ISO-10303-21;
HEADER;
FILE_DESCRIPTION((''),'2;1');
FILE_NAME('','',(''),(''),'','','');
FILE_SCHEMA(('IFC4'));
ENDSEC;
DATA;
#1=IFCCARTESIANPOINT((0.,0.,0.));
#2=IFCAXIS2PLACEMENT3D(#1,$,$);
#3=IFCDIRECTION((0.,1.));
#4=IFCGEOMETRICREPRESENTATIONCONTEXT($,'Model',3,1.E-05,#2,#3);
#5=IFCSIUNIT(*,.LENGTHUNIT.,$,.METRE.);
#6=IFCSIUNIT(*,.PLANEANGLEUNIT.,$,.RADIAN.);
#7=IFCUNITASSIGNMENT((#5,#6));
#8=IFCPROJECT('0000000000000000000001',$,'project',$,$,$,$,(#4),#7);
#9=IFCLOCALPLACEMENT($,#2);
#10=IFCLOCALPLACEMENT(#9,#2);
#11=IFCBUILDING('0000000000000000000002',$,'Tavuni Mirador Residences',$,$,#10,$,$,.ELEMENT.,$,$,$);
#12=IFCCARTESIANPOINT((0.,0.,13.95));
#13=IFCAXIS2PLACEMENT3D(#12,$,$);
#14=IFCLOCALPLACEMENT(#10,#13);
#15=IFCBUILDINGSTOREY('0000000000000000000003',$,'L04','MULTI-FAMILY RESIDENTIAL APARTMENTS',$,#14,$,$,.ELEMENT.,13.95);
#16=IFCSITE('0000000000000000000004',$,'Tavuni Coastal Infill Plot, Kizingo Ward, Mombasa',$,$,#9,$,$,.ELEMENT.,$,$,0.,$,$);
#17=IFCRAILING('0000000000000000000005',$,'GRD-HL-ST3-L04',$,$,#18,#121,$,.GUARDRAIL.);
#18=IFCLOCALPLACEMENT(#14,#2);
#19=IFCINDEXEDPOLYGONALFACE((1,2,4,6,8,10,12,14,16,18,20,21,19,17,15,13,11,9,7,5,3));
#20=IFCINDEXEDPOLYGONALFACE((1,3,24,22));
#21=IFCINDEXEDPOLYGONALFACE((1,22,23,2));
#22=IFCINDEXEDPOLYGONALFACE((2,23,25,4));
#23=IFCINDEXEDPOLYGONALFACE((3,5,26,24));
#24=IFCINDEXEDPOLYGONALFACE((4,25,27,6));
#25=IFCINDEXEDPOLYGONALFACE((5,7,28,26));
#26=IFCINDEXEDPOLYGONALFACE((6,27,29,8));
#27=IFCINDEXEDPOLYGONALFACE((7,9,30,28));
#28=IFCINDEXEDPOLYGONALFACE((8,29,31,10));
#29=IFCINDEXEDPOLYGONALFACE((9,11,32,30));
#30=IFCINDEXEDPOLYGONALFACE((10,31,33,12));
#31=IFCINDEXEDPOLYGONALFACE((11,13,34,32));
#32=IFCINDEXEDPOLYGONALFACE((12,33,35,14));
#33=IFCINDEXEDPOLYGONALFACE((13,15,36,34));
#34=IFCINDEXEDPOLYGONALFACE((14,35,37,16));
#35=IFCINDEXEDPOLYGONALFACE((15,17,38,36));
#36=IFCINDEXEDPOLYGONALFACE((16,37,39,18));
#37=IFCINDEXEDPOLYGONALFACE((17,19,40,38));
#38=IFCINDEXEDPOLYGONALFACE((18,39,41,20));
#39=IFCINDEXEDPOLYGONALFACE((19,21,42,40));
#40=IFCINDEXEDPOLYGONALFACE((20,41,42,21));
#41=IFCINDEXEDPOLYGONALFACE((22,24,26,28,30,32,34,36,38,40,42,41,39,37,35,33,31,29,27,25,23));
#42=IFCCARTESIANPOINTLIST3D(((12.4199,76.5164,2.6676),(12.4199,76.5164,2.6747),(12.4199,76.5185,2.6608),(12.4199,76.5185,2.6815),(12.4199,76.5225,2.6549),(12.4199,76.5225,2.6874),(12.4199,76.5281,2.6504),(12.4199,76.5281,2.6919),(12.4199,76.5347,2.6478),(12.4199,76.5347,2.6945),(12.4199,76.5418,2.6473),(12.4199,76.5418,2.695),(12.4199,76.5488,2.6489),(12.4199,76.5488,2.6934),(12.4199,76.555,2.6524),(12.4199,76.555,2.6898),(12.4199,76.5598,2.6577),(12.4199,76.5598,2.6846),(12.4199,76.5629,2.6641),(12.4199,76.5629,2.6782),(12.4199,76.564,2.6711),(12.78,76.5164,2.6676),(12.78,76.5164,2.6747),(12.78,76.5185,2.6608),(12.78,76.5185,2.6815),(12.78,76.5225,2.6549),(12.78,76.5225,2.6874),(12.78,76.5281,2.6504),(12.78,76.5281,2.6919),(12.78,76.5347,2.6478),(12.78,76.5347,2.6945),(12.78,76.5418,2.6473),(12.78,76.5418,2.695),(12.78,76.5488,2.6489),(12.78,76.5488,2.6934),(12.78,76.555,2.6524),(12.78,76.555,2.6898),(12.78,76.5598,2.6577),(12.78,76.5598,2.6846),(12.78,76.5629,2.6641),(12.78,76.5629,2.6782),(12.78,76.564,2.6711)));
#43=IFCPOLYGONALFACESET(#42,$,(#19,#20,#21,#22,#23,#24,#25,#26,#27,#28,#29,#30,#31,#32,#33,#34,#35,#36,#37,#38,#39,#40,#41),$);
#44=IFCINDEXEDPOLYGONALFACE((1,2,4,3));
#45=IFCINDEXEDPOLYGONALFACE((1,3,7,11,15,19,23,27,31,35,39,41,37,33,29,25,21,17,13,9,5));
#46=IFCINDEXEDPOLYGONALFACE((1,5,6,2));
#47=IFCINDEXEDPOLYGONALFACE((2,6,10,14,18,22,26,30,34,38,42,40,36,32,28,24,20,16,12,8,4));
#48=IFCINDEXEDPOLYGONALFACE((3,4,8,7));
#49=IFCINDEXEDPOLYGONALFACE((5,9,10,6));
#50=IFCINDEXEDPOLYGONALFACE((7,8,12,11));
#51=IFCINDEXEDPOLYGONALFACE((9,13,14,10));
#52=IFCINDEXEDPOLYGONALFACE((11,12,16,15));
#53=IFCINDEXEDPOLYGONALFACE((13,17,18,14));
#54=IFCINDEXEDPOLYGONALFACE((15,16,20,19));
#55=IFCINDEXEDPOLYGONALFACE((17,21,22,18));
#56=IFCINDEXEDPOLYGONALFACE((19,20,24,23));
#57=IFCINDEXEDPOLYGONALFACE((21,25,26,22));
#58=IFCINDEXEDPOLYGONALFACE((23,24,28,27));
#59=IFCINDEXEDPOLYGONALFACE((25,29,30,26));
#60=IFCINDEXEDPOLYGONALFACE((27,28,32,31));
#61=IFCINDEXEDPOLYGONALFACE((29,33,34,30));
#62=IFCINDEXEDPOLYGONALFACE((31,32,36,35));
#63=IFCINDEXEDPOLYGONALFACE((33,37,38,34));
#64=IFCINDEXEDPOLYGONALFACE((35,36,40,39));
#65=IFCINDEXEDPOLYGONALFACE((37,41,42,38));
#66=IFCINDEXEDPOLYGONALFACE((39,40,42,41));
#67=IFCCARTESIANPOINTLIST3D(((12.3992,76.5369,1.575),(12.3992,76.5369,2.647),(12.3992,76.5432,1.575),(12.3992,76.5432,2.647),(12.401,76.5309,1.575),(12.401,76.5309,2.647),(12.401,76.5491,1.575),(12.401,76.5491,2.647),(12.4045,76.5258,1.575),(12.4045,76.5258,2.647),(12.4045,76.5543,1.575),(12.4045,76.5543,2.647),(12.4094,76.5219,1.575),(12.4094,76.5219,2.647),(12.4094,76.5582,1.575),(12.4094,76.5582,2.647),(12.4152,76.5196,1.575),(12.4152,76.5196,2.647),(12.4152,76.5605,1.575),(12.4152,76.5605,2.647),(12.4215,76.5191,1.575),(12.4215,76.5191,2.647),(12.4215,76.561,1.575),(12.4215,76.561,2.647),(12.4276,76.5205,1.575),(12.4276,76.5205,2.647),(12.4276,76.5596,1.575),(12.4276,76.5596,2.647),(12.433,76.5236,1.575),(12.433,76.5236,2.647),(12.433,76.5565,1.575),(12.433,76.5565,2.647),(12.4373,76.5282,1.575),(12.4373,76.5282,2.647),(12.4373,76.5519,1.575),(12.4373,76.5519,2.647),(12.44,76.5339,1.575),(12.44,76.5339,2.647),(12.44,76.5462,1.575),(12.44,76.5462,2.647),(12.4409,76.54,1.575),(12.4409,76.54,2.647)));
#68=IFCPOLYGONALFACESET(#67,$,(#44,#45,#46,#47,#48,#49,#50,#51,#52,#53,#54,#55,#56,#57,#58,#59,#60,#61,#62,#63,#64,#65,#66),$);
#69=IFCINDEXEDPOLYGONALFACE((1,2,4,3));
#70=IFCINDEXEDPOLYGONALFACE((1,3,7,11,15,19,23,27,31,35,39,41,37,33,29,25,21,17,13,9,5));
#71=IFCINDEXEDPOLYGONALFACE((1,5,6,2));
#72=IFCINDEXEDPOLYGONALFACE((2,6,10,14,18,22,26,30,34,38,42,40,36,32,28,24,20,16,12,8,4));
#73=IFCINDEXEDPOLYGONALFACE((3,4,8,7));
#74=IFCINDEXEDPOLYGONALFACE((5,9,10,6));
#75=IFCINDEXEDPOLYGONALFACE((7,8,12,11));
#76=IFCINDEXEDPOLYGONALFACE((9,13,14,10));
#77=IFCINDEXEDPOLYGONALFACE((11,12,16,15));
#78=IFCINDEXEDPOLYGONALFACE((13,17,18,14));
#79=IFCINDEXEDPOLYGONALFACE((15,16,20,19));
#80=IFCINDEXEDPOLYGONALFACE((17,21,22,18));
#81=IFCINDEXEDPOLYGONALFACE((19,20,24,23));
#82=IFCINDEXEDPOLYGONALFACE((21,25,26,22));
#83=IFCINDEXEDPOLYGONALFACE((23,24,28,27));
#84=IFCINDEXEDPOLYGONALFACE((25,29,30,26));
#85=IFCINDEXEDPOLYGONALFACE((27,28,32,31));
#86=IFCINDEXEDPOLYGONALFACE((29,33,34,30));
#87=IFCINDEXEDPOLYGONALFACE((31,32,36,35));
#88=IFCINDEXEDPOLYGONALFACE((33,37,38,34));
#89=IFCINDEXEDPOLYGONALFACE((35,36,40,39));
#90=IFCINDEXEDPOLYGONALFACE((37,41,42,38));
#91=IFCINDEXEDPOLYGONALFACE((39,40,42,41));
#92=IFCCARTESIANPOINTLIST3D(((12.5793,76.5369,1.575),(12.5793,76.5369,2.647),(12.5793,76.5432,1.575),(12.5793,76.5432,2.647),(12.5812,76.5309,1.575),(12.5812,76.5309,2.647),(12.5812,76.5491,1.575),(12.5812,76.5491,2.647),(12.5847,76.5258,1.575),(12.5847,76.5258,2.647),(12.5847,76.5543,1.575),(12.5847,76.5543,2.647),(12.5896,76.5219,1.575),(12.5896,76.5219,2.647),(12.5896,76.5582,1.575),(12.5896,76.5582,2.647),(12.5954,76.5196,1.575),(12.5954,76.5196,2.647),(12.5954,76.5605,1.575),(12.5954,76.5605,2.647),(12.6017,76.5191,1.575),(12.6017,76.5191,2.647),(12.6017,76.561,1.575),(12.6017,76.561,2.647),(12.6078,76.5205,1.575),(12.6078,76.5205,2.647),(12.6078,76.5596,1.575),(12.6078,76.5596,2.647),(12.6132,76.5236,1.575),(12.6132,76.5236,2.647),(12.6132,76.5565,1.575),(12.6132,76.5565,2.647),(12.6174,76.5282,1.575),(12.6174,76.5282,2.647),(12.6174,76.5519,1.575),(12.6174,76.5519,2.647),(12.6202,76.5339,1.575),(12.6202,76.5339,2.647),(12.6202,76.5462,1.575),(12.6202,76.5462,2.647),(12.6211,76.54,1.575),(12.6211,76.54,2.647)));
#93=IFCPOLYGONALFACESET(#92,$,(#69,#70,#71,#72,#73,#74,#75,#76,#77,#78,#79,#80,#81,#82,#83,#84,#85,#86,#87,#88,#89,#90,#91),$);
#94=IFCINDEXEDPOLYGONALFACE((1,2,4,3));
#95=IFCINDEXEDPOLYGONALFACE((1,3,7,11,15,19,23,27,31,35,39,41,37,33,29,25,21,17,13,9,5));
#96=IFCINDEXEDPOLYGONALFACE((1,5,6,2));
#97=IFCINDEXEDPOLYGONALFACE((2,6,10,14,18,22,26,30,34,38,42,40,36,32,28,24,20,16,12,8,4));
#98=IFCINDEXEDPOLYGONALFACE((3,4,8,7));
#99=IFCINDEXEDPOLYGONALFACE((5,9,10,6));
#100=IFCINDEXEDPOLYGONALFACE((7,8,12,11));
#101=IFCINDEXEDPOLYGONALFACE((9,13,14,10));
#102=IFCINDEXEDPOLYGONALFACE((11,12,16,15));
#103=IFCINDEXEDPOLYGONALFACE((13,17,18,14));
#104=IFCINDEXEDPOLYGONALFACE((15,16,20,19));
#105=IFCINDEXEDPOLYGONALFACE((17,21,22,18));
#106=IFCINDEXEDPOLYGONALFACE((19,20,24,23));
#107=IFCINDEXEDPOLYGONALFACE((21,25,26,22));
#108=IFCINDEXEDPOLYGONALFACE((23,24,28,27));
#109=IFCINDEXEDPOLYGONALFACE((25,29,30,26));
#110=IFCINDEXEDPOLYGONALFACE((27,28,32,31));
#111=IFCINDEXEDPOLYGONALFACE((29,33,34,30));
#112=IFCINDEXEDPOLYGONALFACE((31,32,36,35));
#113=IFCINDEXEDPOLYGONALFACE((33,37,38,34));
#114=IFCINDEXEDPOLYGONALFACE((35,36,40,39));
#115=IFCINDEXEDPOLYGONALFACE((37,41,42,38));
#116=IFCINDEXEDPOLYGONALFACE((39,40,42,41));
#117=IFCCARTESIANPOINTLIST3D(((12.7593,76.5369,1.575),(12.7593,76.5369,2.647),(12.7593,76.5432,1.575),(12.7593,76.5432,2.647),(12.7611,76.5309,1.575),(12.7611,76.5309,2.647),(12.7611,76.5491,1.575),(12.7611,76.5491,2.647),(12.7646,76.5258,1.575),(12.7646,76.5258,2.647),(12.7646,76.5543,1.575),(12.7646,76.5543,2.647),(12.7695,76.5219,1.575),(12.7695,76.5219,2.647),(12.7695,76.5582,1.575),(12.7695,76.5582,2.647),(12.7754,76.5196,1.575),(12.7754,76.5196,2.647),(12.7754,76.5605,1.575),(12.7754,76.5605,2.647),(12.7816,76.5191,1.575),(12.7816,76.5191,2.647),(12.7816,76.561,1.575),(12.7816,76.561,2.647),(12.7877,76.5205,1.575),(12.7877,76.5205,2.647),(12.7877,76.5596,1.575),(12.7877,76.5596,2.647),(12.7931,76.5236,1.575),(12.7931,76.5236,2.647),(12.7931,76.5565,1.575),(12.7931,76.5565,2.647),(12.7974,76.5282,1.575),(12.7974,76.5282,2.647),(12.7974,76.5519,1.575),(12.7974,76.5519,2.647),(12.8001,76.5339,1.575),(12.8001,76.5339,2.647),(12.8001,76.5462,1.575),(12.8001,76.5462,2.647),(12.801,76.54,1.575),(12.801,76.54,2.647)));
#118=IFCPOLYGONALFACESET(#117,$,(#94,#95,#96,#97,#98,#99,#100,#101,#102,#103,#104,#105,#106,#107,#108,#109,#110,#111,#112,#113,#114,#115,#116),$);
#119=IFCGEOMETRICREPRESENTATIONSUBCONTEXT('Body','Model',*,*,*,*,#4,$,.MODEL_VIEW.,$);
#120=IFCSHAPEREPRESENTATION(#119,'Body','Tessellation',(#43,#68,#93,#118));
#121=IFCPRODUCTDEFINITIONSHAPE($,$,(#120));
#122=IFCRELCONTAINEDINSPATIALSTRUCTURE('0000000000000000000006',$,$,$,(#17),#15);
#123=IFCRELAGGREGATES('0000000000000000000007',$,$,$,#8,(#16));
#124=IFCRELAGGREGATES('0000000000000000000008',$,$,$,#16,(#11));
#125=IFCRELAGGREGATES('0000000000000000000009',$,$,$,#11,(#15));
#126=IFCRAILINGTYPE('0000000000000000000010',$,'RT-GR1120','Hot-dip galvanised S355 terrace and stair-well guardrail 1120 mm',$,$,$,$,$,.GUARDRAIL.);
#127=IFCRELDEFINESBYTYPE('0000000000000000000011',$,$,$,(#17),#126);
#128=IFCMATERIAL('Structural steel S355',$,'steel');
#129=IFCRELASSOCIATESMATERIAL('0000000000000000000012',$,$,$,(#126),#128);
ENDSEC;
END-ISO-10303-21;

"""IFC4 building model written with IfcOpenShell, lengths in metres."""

from ifc_helpers import new_model, si_unit, direction, frame, origin, origin_2d, place, context, subcontext, project, spatial, circle, extrude, material, type_object, element, save


model = new_model("IFC4")

# Units and contexts
model_context = context("Model", 3, precision=1e-05, world=origin(), true_north=direction((0.0, 1.0)))
body_context = subcontext(model_context, "Body", "Model", "MODEL_VIEW")
ifc_project = project(units=[si_unit("LENGTHUNIT", "METRE"), si_unit("PLANEANGLEUNIT", "RADIAN")], contexts=[model_context])

# Site, building, storey
site_placement = place(None, origin())
site = spatial("IfcSite", under=ifc_project, at=site_placement, Name="Tavuni Coastal Infill Plot, Kizingo Ward, Mombasa", CompositionType="ELEMENT", RefElevation=0.0)
building_placement = place(site_placement, origin())
building = spatial("IfcBuilding", under=site, at=building_placement, Name="Tavuni Mirador Residences", CompositionType="ELEMENT")
storey_placement = place(building_placement, frame((0.0, 0.0, 13.95)))
storey = spatial("IfcBuildingStorey", under=building, at=storey_placement, Name="L04", Description="MULTI-FAMILY RESIDENTIAL APARTMENTS", CompositionType="ELEMENT", Elevation=13.95)

# Shared definitions
ifc_material_1 = material(Name="Structural steel S355", Category="steel")

# Railing
railing_type_1 = type_object("IfcRailingType", Name="RT-GR1120", Description="Hot-dip galvanised S355 terrace and stair-well guardrail 1120 mm", PredefinedType="GUARDRAIL", material=ifc_material_1)
railing_1_placement = place(storey_placement, frame((12.4199, 76.54, 1.575)))
element("IfcRailing", 1, at=railing_1_placement, inside=storey, type_object=railing_type_1, Name="GRD-HL-ST3-L04", PredefinedType="GUARDRAIL", context=body_context, shape_type="SweptSolid", body=[
    extrude(circle(Radius=0.0239, at=origin_2d()), frame((0.0, 0.0, 1.0962), z_axis=(1.0, 0.0, 0.0), x_axis=(0.0, 1.0, 0.0)), (0.0, 0.0, 1.0), 0.3601),
    extrude(circle(Radius=0.021, at=origin_2d()), origin(), (0.0, 0.0, 1.0), 1.072),
    extrude(circle(Radius=0.021, at=origin_2d()), frame((0.1802, 0.0, 0.0)), (0.0, 0.0, 1.0), 1.072),
    extrude(circle(Radius=0.021, at=origin_2d()), frame((0.3601, 0.0, 0.0)), (0.0, 0.0, 1.0), 1.072),
])

save(model, "model.ifc")
